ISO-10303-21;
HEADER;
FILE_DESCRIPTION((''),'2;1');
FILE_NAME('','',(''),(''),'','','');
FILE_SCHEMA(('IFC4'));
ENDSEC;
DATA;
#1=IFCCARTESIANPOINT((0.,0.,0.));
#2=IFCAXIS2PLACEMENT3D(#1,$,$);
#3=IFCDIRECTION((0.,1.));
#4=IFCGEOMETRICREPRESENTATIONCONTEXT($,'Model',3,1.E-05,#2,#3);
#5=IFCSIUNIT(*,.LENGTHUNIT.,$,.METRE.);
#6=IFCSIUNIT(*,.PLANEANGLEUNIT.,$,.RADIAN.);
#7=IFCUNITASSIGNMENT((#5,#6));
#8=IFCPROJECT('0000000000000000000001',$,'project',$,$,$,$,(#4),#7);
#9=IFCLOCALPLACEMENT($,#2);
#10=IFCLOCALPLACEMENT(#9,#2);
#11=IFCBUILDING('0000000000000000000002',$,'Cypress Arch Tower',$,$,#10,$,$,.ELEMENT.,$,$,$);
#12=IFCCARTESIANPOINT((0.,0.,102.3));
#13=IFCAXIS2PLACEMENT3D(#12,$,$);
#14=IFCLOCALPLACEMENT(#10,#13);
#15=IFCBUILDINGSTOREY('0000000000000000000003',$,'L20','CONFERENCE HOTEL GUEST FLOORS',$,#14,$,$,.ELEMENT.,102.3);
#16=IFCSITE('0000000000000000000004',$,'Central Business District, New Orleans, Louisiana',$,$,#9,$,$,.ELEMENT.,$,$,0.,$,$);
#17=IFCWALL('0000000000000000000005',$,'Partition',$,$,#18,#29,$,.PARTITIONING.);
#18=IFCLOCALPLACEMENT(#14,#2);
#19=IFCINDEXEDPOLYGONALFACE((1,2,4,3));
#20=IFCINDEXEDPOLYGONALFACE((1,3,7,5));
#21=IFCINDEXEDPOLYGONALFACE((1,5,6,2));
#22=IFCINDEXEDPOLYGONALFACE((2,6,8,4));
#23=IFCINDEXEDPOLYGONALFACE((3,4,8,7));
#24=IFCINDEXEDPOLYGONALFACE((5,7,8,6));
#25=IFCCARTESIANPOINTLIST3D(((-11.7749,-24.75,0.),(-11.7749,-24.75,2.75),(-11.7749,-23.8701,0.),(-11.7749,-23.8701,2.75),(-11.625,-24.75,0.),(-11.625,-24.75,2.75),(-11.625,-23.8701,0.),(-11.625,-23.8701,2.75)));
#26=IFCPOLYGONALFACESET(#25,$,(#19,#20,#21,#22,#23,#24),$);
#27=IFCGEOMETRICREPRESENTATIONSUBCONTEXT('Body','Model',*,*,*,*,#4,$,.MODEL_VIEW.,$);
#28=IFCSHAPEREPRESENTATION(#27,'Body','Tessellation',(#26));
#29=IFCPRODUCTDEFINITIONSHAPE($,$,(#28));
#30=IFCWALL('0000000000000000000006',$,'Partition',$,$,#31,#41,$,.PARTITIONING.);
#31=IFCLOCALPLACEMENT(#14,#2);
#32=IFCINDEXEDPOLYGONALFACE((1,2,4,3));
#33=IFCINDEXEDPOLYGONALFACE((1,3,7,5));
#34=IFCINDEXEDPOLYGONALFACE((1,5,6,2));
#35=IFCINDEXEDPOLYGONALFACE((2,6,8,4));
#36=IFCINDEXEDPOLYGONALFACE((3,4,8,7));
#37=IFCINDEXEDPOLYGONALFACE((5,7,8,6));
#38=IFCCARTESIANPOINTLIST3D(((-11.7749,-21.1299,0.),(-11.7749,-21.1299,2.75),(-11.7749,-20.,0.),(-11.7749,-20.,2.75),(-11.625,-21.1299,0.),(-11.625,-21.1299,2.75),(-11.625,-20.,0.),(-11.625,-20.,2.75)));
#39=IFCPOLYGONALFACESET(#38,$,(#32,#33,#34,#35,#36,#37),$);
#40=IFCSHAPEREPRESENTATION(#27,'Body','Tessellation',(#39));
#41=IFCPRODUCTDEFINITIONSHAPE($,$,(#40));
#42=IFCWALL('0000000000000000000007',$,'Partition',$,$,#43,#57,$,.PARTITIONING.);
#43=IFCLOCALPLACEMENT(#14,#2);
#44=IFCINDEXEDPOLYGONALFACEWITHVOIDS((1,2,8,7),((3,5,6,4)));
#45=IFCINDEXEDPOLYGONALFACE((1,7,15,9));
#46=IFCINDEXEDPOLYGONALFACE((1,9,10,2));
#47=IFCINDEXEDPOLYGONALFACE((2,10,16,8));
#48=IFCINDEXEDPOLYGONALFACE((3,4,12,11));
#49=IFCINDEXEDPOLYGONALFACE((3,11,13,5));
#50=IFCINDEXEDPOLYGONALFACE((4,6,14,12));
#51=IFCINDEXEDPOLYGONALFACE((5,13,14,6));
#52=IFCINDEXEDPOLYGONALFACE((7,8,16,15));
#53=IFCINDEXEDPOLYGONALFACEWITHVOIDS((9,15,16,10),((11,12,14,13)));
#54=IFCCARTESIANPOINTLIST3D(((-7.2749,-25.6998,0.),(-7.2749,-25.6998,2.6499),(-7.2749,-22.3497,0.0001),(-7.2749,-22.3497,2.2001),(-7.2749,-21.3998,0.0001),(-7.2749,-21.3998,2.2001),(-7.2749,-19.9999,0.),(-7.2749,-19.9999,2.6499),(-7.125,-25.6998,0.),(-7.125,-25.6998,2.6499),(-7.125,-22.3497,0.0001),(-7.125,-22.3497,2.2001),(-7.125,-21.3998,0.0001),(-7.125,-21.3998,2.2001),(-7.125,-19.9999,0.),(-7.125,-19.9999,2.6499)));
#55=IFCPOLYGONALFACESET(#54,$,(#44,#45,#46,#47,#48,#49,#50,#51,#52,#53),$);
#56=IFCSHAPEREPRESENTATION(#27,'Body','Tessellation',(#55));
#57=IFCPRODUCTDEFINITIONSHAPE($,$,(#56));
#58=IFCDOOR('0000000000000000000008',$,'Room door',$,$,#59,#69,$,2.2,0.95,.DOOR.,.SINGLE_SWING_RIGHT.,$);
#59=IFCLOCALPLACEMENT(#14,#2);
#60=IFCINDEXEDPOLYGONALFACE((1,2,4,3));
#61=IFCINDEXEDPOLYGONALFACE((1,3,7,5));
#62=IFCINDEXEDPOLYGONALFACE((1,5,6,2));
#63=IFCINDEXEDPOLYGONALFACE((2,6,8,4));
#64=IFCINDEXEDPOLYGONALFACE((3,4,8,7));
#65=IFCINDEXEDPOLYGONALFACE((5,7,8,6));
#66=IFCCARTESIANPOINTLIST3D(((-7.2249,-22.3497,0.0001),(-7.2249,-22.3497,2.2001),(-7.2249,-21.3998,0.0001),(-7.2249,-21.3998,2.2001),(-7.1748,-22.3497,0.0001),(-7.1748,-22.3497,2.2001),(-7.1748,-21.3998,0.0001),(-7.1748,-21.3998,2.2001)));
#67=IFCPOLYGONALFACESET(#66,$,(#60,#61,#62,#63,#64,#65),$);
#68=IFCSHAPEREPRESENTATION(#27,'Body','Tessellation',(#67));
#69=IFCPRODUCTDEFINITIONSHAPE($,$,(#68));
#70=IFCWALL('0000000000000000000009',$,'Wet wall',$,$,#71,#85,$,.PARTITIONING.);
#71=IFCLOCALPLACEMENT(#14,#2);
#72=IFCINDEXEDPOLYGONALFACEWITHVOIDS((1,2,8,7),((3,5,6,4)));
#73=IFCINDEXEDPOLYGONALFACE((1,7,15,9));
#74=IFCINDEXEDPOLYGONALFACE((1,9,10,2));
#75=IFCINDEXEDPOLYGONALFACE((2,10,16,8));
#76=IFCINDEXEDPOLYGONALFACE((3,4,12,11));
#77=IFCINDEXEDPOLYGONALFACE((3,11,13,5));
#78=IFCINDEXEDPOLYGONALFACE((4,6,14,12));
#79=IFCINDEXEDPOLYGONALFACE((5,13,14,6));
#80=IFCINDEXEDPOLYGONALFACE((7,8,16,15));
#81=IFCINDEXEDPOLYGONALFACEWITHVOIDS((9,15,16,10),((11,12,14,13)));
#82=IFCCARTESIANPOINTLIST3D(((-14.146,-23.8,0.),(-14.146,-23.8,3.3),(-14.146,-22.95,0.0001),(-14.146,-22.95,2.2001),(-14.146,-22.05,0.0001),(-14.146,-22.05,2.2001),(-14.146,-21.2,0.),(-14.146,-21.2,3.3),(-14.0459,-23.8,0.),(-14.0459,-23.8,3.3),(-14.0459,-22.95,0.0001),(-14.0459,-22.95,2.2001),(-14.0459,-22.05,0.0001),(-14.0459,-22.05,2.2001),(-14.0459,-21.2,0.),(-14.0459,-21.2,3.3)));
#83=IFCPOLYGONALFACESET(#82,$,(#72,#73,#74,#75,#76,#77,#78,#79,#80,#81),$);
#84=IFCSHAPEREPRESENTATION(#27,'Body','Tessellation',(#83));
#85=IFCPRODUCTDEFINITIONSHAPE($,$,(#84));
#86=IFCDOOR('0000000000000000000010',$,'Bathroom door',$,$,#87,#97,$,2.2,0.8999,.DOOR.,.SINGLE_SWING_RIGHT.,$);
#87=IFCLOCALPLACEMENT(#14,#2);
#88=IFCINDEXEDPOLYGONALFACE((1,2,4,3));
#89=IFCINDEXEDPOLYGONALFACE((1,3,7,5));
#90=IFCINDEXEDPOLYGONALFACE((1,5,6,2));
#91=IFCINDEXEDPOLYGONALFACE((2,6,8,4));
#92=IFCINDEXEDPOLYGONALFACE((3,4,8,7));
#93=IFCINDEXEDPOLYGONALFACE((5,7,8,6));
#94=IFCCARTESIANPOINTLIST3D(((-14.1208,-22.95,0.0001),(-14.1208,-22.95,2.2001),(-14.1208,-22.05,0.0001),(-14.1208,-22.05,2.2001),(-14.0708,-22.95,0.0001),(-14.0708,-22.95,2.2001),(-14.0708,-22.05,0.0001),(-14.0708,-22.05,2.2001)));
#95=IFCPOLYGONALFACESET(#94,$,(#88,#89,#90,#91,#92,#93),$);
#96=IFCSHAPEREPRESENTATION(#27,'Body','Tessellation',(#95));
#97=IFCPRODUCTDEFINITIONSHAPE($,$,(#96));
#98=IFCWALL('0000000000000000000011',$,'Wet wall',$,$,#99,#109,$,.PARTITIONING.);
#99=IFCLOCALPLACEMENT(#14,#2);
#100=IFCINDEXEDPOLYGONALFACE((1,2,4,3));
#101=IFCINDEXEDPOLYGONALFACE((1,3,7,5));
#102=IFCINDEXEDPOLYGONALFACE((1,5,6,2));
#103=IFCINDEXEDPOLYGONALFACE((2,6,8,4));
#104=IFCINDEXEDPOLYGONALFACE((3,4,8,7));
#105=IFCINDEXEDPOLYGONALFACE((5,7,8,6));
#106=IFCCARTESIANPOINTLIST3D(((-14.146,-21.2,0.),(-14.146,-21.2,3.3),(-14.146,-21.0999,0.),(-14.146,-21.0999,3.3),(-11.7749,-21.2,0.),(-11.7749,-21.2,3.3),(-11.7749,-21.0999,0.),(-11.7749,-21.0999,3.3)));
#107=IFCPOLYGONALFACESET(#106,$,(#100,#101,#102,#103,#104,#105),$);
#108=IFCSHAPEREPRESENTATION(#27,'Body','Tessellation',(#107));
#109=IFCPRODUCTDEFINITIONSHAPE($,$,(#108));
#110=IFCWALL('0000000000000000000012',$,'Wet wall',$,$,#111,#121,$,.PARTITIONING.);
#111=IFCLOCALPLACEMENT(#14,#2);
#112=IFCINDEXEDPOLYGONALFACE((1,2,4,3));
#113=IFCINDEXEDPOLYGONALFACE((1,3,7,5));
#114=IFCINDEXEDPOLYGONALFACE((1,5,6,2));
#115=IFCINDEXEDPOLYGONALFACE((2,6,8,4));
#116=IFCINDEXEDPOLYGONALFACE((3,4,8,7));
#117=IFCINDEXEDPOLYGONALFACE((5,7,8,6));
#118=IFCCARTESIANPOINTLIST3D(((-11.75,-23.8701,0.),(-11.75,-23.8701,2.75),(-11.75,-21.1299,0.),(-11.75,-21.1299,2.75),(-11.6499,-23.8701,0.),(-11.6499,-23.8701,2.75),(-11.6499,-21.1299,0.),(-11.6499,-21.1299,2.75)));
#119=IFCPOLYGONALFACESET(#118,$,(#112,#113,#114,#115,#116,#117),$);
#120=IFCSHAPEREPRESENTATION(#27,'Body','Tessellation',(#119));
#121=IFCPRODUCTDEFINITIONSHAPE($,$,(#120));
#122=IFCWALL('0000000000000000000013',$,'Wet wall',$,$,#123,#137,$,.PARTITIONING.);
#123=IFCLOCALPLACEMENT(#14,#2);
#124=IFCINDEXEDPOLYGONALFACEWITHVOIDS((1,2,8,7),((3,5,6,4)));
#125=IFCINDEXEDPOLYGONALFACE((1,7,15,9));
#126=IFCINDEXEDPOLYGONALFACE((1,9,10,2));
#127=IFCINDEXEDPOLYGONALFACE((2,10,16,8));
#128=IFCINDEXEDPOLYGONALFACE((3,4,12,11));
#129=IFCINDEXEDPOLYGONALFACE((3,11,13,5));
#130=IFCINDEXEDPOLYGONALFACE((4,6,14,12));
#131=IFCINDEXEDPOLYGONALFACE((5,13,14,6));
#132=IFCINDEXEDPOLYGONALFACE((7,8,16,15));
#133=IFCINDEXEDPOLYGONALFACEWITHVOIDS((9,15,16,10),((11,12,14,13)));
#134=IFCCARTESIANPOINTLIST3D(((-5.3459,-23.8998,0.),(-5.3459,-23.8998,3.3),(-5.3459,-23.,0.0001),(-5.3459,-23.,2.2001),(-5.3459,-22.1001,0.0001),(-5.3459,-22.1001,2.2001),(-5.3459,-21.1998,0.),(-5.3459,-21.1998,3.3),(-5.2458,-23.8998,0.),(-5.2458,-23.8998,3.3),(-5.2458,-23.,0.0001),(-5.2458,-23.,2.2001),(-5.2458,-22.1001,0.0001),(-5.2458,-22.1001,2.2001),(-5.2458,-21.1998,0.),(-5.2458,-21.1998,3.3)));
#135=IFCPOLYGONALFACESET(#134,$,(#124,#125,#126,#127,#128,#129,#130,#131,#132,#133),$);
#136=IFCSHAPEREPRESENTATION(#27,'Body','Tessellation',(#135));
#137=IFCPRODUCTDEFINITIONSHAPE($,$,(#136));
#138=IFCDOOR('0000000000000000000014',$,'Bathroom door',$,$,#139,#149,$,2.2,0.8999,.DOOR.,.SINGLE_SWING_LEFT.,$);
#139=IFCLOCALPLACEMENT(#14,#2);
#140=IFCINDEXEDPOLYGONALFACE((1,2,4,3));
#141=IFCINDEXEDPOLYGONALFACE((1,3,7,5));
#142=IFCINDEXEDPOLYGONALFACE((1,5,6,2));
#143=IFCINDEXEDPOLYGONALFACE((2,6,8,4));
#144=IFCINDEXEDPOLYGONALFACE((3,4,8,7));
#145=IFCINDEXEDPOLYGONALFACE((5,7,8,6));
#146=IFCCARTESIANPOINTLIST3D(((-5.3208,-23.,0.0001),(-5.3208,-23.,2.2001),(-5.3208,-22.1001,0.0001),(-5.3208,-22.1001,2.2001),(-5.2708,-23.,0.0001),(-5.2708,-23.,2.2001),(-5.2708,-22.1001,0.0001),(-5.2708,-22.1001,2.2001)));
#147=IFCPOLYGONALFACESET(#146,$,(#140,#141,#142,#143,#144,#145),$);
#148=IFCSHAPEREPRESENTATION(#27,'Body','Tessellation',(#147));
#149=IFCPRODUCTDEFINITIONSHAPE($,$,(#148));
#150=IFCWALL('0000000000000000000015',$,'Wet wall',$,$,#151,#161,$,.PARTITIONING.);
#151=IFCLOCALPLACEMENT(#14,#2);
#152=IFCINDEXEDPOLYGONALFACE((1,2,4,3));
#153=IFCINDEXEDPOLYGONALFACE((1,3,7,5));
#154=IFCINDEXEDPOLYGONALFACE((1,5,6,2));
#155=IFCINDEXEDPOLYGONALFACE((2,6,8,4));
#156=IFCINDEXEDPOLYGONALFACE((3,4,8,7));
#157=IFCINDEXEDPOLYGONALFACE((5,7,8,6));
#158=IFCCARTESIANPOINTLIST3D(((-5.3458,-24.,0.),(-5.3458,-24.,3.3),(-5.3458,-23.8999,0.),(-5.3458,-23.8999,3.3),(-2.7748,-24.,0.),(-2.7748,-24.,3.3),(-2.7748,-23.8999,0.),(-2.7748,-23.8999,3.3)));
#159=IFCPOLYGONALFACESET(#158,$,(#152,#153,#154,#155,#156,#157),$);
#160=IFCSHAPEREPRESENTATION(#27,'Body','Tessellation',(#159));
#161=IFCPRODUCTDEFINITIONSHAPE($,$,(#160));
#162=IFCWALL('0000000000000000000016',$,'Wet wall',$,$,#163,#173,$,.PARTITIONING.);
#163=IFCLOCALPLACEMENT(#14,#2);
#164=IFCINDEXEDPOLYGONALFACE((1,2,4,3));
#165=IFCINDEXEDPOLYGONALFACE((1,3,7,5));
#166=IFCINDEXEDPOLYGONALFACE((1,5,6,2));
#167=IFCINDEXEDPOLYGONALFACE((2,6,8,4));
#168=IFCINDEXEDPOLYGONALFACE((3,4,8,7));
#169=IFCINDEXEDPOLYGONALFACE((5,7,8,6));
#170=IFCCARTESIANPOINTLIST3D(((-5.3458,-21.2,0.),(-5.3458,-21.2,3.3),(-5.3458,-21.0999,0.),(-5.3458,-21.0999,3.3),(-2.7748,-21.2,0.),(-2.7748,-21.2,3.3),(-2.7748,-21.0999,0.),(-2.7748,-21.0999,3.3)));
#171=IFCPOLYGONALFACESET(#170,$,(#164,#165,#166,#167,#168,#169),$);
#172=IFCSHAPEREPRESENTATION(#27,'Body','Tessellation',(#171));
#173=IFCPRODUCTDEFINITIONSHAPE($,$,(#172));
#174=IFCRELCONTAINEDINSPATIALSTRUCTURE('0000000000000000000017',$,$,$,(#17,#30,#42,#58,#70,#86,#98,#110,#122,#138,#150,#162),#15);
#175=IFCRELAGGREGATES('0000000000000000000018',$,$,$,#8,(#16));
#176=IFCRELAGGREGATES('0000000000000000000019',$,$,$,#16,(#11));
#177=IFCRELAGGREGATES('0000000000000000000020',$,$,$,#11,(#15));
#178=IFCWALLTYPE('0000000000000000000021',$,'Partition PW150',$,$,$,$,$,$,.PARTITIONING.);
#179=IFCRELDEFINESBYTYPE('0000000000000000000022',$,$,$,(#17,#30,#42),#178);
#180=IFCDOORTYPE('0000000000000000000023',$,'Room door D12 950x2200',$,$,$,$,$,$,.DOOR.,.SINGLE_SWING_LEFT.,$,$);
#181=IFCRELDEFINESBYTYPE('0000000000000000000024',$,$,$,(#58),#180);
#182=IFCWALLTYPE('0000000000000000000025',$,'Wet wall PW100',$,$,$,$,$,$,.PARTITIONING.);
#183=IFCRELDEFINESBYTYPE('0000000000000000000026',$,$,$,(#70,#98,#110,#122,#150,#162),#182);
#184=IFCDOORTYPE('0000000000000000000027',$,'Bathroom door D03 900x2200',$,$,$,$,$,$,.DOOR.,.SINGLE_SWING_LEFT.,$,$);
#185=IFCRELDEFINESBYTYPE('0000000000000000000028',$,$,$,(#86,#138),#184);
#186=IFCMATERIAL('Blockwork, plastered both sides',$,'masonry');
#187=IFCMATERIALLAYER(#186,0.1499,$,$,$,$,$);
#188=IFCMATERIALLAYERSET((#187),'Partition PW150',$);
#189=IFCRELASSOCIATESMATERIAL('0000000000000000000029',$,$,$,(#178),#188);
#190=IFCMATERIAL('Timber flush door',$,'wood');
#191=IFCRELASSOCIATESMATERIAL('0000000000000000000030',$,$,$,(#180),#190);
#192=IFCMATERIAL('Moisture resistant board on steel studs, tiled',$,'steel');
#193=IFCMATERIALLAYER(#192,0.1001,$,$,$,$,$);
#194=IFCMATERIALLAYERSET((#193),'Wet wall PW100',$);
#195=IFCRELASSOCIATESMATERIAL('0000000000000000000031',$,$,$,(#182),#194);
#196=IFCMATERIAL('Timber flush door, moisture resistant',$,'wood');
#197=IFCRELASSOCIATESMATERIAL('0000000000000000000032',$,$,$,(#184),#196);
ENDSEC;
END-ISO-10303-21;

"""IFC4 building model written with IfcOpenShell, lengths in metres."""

from ifc_helpers import new_model, si_unit, direction, frame, frame_2d, origin, place, context, subcontext, project, spatial, rectangle, extrude, material, layer, layer_set, type_object, element, fill, save


model = new_model("IFC4")

# Units and contexts
model_context = context("Model", 3, precision=1e-05, world=origin(), true_north=direction((0.0, 1.0)))
body_context = subcontext(model_context, "Body", "Model", "MODEL_VIEW")
ifc_project = project(units=[si_unit("LENGTHUNIT", "METRE"), si_unit("PLANEANGLEUNIT", "RADIAN")], contexts=[model_context])

# Site, building, storey
site_placement = place(None, origin())
site = spatial("IfcSite", under=ifc_project, at=site_placement, Name="Central Business District, New Orleans, Louisiana", CompositionType="ELEMENT", RefElevation=0.0)
building_placement = place(site_placement, origin())
building = spatial("IfcBuilding", under=site, at=building_placement, Name="Cypress Arch Tower", CompositionType="ELEMENT")
storey_placement = place(building_placement, frame((0.0, 0.0, 102.3)))
storey = spatial("IfcBuildingStorey", under=building, at=storey_placement, Name="L20", Description="CONFERENCE HOTEL GUEST FLOORS", CompositionType="ELEMENT", Elevation=102.3)

# Walls
ifc_material_1 = material(Name="Blockwork, plastered both sides", Category="masonry")
ifc_layer_1 = layer(ifc_material_1, 0.1499)
ifc_layer_set_1 = layer_set([ifc_layer_1], Name="Partition PW150")
wall_type_1 = type_object("IfcWallType", Name="Partition PW150", PredefinedType="PARTITIONING", material=ifc_layer_set_1)
wall_1_placement = place(storey_placement, frame((-11.7, -24.75, 0.0), z_axis=(0.0, 0.0, 1.0), x_axis=(0.0, 1.0, 0.0)))
element("IfcWall", 1, at=wall_1_placement, inside=storey, type_object=wall_type_1, Name="Partition", PredefinedType="PARTITIONING", context=body_context, shape_type="SweptSolid", body=[
    extrude(rectangle(XDim=0.8799, YDim=0.1499, at=frame_2d((0.4399, 0.0))), origin(), (0.0, 0.0, 1.0), 2.75),
])
wall_2_placement = place(storey_placement, frame((-11.7, -21.1299, 0.0), z_axis=(0.0, 0.0, 1.0), x_axis=(0.0, 1.0, 0.0)))
element("IfcWall", 2, at=wall_2_placement, inside=storey, type_object=wall_type_1, Name="Partition", PredefinedType="PARTITIONING", context=body_context, shape_type="SweptSolid", body=[
    extrude(rectangle(XDim=1.1299, YDim=0.1499, at=frame_2d((0.5649, 0.0))), origin(), (0.0, 0.0, 1.0), 2.75),
])

# Walls, openings, doors
wall_3_placement = place(storey_placement, frame((-7.2, -25.7, 0.0), z_axis=(0.0, 0.0, 1.0), x_axis=(0.0, 1.0, 0.0)))
wall_3 = element("IfcWall", 3, at=wall_3_placement, inside=storey, type_object=wall_type_1, Name="Partition", PredefinedType="PARTITIONING", context=body_context, shape_type="SweptSolid", body=[
    extrude(rectangle(XDim=5.7, YDim=0.1499, at=frame_2d((2.8501, 0.0))), origin(), (0.0, 0.0, 1.0), 2.6499),
])
opening_1_placement = place(wall_3_placement, frame((3.3501, 0.0, 0.0)))
opening_1 = element("IfcOpeningElement", 4, at=opening_1_placement, cuts=wall_3, PredefinedType="OPENING", context=body_context, shape_type="SweptSolid", body=[
    extrude(rectangle(XDim=0.95, YDim=2.2, at=frame_2d((0.4751, 1.1001))), frame((0.0, 0.085, 0.0), z_axis=(0.0, -1.0, 0.0), x_axis=(1.0, 0.0, 0.0)), (0.0, 0.0, 1.0), 0.1699),
])
ifc_material_2 = material(Name="Timber flush door", Category="wood")
door_type_1 = type_object("IfcDoorType", Name="Room door D12 950x2200", OperationType="SINGLE_SWING_LEFT", PredefinedType="DOOR", material=ifc_material_2)
door_1_placement = place(opening_1_placement, origin())
door_1 = element("IfcDoor", 5, at=door_1_placement, inside=storey, type_object=door_type_1, Name="Room door", OperationType="SINGLE_SWING_RIGHT", OverallHeight=2.2, OverallWidth=0.95, PredefinedType="DOOR", context=body_context, shape_type="SweptSolid", body=[
    extrude(rectangle(XDim=0.95, YDim=2.2, at=frame_2d((0.4751, 1.1001))), frame((0.0, 0.0249, 0.0), z_axis=(0.0, -1.0, 0.0), x_axis=(1.0, 0.0, 0.0)), (0.0, 0.0, 1.0), 0.05),
])
fill(opening_1, door_1)
ifc_material_3 = material(Name="Moisture resistant board on steel studs, tiled", Category="steel")
ifc_layer_2 = layer(ifc_material_3, 0.1001)
ifc_layer_set_2 = layer_set([ifc_layer_2], Name="Wet wall PW100")
wall_type_2 = type_object("IfcWallType", Name="Wet wall PW100", PredefinedType="PARTITIONING", material=ifc_layer_set_2)
wall_4_placement = place(storey_placement, frame((-14.0959, -23.8, 0.0), z_axis=(0.0, 0.0, 1.0), x_axis=(0.0, 1.0, 0.0)))
wall_4 = element("IfcWall", 6, at=wall_4_placement, inside=storey, type_object=wall_type_2, Name="Wet wall", PredefinedType="PARTITIONING", context=body_context, shape_type="SweptSolid", body=[
    extrude(rectangle(XDim=2.6001, YDim=0.1001, at=frame_2d((1.3, 0.0))), origin(), (0.0, 0.0, 1.0), 3.3),
])
opening_2_placement = place(wall_4_placement, frame((0.8501, 0.0, 0.0)))
opening_2 = element("IfcOpeningElement", 7, at=opening_2_placement, cuts=wall_4, PredefinedType="OPENING", context=body_context, shape_type="SweptSolid", body=[
    extrude(rectangle(XDim=0.8999, YDim=2.2, at=frame_2d((0.45, 1.1001))), frame((0.0, 0.0601, 0.0), z_axis=(0.0, -1.0, 0.0), x_axis=(1.0, 0.0, 0.0)), (0.0, 0.0, 1.0), 0.1201),
])
ifc_material_4 = material(Name="Timber flush door, moisture resistant", Category="wood")
door_type_2 = type_object("IfcDoorType", Name="Bathroom door D03 900x2200", OperationType="SINGLE_SWING_LEFT", PredefinedType="DOOR", material=ifc_material_4)
door_2_placement = place(opening_2_placement, origin())
door_2 = element("IfcDoor", 8, at=door_2_placement, inside=storey, type_object=door_type_2, Name="Bathroom door", OperationType="SINGLE_SWING_RIGHT", OverallHeight=2.2, OverallWidth=0.8999, PredefinedType="DOOR", context=body_context, shape_type="SweptSolid", body=[
    extrude(rectangle(XDim=0.8999, YDim=2.2, at=frame_2d((0.45, 1.1001))), frame((0.0, 0.0249, 0.0), z_axis=(0.0, -1.0, 0.0), x_axis=(1.0, 0.0, 0.0)), (0.0, 0.0, 1.0), 0.05),
])
fill(opening_2, door_2)

# Walls
wall_5_placement = place(storey_placement, frame((-14.146, -21.1499, 0.0), z_axis=(0.0, 0.0, 1.0), x_axis=(1.0, 0.0, 0.0)))
element("IfcWall", 9, at=wall_5_placement, inside=storey, type_object=wall_type_2, Name="Wet wall", PredefinedType="PARTITIONING", context=body_context, shape_type="SweptSolid", body=[
    extrude(rectangle(XDim=2.3711, YDim=0.1001, at=frame_2d((1.1855, 0.0))), origin(), (0.0, 0.0, 1.0), 3.3),
])
wall_6_placement = place(storey_placement, frame((-11.7, -23.8701, 0.0), z_axis=(0.0, 0.0, 1.0), x_axis=(0.0, 1.0, 0.0)))
element("IfcWall", 10, at=wall_6_placement, inside=storey, type_object=wall_type_2, Name="Wet wall", PredefinedType="PARTITIONING", context=body_context, shape_type="SweptSolid", body=[
    extrude(rectangle(XDim=2.7402, YDim=0.1001, at=frame_2d((1.3701, 0.0))), origin(), (0.0, 0.0, 1.0), 2.75),
])

# Wall, opening, door
wall_7_placement = place(storey_placement, frame((-5.2959, -23.8999, 0.0), z_axis=(0.0, 0.0, 1.0), x_axis=(0.0, 1.0, 0.0)))
wall_7 = element("IfcWall", 11, at=wall_7_placement, inside=storey, type_object=wall_type_2, Name="Wet wall", PredefinedType="PARTITIONING", context=body_context, shape_type="SweptSolid", body=[
    extrude(rectangle(XDim=2.7, YDim=0.1001, at=frame_2d((1.3501, 0.0))), origin(), (0.0, 0.0, 1.0), 3.3),
])
opening_3_placement = place(wall_7_placement, frame((0.8999, 0.0, 0.0)))
opening_3 = element("IfcOpeningElement", 12, at=opening_3_placement, cuts=wall_7, PredefinedType="OPENING", context=body_context, shape_type="SweptSolid", body=[
    extrude(rectangle(XDim=0.8999, YDim=2.2, at=frame_2d((0.45, 1.1001))), frame((0.0, 0.0601, 0.0), z_axis=(0.0, -1.0, 0.0), x_axis=(1.0, 0.0, 0.0)), (0.0, 0.0, 1.0), 0.1201),
])
door_3_placement = place(opening_3_placement, origin())
door_3 = element("IfcDoor", 13, at=door_3_placement, inside=storey, type_object=door_type_2, Name="Bathroom door", OperationType="SINGLE_SWING_LEFT", OverallHeight=2.2, OverallWidth=0.8999, PredefinedType="DOOR", context=body_context, shape_type="SweptSolid", body=[
    extrude(rectangle(XDim=0.8999, YDim=2.2, at=frame_2d((0.45, 1.1001))), frame((0.0, 0.0249, 0.0), z_axis=(0.0, -1.0, 0.0), x_axis=(1.0, 0.0, 0.0)), (0.0, 0.0, 1.0), 0.05),
])
fill(opening_3, door_3)

# Walls
for number, where, z_axis, x_axis, name in (
    (14, (-5.3459, -23.95, 0.0), (0.0, 0.0, 1.0), (1.0, 0.0, 0.0), "Wet wall"),
    (15, (-5.3459, -21.1499, 0.0), (0.0, 0.0, 1.0), (1.0, 0.0, 0.0), "Wet wall"),
):
    element("IfcWall", number, at=place(storey_placement, frame(where, z_axis=z_axis, x_axis=x_axis)), inside=storey, type_object=wall_type_2, Name=name, PredefinedType="PARTITIONING", context=body_context, shape_type="SweptSolid", body=[
        extrude(rectangle(XDim=2.571, YDim=0.1001, at=frame_2d((1.2856, 0.0))), origin(), (0.0, 0.0, 1.0), 3.3),
    ])

save(model, "model.ifc")
